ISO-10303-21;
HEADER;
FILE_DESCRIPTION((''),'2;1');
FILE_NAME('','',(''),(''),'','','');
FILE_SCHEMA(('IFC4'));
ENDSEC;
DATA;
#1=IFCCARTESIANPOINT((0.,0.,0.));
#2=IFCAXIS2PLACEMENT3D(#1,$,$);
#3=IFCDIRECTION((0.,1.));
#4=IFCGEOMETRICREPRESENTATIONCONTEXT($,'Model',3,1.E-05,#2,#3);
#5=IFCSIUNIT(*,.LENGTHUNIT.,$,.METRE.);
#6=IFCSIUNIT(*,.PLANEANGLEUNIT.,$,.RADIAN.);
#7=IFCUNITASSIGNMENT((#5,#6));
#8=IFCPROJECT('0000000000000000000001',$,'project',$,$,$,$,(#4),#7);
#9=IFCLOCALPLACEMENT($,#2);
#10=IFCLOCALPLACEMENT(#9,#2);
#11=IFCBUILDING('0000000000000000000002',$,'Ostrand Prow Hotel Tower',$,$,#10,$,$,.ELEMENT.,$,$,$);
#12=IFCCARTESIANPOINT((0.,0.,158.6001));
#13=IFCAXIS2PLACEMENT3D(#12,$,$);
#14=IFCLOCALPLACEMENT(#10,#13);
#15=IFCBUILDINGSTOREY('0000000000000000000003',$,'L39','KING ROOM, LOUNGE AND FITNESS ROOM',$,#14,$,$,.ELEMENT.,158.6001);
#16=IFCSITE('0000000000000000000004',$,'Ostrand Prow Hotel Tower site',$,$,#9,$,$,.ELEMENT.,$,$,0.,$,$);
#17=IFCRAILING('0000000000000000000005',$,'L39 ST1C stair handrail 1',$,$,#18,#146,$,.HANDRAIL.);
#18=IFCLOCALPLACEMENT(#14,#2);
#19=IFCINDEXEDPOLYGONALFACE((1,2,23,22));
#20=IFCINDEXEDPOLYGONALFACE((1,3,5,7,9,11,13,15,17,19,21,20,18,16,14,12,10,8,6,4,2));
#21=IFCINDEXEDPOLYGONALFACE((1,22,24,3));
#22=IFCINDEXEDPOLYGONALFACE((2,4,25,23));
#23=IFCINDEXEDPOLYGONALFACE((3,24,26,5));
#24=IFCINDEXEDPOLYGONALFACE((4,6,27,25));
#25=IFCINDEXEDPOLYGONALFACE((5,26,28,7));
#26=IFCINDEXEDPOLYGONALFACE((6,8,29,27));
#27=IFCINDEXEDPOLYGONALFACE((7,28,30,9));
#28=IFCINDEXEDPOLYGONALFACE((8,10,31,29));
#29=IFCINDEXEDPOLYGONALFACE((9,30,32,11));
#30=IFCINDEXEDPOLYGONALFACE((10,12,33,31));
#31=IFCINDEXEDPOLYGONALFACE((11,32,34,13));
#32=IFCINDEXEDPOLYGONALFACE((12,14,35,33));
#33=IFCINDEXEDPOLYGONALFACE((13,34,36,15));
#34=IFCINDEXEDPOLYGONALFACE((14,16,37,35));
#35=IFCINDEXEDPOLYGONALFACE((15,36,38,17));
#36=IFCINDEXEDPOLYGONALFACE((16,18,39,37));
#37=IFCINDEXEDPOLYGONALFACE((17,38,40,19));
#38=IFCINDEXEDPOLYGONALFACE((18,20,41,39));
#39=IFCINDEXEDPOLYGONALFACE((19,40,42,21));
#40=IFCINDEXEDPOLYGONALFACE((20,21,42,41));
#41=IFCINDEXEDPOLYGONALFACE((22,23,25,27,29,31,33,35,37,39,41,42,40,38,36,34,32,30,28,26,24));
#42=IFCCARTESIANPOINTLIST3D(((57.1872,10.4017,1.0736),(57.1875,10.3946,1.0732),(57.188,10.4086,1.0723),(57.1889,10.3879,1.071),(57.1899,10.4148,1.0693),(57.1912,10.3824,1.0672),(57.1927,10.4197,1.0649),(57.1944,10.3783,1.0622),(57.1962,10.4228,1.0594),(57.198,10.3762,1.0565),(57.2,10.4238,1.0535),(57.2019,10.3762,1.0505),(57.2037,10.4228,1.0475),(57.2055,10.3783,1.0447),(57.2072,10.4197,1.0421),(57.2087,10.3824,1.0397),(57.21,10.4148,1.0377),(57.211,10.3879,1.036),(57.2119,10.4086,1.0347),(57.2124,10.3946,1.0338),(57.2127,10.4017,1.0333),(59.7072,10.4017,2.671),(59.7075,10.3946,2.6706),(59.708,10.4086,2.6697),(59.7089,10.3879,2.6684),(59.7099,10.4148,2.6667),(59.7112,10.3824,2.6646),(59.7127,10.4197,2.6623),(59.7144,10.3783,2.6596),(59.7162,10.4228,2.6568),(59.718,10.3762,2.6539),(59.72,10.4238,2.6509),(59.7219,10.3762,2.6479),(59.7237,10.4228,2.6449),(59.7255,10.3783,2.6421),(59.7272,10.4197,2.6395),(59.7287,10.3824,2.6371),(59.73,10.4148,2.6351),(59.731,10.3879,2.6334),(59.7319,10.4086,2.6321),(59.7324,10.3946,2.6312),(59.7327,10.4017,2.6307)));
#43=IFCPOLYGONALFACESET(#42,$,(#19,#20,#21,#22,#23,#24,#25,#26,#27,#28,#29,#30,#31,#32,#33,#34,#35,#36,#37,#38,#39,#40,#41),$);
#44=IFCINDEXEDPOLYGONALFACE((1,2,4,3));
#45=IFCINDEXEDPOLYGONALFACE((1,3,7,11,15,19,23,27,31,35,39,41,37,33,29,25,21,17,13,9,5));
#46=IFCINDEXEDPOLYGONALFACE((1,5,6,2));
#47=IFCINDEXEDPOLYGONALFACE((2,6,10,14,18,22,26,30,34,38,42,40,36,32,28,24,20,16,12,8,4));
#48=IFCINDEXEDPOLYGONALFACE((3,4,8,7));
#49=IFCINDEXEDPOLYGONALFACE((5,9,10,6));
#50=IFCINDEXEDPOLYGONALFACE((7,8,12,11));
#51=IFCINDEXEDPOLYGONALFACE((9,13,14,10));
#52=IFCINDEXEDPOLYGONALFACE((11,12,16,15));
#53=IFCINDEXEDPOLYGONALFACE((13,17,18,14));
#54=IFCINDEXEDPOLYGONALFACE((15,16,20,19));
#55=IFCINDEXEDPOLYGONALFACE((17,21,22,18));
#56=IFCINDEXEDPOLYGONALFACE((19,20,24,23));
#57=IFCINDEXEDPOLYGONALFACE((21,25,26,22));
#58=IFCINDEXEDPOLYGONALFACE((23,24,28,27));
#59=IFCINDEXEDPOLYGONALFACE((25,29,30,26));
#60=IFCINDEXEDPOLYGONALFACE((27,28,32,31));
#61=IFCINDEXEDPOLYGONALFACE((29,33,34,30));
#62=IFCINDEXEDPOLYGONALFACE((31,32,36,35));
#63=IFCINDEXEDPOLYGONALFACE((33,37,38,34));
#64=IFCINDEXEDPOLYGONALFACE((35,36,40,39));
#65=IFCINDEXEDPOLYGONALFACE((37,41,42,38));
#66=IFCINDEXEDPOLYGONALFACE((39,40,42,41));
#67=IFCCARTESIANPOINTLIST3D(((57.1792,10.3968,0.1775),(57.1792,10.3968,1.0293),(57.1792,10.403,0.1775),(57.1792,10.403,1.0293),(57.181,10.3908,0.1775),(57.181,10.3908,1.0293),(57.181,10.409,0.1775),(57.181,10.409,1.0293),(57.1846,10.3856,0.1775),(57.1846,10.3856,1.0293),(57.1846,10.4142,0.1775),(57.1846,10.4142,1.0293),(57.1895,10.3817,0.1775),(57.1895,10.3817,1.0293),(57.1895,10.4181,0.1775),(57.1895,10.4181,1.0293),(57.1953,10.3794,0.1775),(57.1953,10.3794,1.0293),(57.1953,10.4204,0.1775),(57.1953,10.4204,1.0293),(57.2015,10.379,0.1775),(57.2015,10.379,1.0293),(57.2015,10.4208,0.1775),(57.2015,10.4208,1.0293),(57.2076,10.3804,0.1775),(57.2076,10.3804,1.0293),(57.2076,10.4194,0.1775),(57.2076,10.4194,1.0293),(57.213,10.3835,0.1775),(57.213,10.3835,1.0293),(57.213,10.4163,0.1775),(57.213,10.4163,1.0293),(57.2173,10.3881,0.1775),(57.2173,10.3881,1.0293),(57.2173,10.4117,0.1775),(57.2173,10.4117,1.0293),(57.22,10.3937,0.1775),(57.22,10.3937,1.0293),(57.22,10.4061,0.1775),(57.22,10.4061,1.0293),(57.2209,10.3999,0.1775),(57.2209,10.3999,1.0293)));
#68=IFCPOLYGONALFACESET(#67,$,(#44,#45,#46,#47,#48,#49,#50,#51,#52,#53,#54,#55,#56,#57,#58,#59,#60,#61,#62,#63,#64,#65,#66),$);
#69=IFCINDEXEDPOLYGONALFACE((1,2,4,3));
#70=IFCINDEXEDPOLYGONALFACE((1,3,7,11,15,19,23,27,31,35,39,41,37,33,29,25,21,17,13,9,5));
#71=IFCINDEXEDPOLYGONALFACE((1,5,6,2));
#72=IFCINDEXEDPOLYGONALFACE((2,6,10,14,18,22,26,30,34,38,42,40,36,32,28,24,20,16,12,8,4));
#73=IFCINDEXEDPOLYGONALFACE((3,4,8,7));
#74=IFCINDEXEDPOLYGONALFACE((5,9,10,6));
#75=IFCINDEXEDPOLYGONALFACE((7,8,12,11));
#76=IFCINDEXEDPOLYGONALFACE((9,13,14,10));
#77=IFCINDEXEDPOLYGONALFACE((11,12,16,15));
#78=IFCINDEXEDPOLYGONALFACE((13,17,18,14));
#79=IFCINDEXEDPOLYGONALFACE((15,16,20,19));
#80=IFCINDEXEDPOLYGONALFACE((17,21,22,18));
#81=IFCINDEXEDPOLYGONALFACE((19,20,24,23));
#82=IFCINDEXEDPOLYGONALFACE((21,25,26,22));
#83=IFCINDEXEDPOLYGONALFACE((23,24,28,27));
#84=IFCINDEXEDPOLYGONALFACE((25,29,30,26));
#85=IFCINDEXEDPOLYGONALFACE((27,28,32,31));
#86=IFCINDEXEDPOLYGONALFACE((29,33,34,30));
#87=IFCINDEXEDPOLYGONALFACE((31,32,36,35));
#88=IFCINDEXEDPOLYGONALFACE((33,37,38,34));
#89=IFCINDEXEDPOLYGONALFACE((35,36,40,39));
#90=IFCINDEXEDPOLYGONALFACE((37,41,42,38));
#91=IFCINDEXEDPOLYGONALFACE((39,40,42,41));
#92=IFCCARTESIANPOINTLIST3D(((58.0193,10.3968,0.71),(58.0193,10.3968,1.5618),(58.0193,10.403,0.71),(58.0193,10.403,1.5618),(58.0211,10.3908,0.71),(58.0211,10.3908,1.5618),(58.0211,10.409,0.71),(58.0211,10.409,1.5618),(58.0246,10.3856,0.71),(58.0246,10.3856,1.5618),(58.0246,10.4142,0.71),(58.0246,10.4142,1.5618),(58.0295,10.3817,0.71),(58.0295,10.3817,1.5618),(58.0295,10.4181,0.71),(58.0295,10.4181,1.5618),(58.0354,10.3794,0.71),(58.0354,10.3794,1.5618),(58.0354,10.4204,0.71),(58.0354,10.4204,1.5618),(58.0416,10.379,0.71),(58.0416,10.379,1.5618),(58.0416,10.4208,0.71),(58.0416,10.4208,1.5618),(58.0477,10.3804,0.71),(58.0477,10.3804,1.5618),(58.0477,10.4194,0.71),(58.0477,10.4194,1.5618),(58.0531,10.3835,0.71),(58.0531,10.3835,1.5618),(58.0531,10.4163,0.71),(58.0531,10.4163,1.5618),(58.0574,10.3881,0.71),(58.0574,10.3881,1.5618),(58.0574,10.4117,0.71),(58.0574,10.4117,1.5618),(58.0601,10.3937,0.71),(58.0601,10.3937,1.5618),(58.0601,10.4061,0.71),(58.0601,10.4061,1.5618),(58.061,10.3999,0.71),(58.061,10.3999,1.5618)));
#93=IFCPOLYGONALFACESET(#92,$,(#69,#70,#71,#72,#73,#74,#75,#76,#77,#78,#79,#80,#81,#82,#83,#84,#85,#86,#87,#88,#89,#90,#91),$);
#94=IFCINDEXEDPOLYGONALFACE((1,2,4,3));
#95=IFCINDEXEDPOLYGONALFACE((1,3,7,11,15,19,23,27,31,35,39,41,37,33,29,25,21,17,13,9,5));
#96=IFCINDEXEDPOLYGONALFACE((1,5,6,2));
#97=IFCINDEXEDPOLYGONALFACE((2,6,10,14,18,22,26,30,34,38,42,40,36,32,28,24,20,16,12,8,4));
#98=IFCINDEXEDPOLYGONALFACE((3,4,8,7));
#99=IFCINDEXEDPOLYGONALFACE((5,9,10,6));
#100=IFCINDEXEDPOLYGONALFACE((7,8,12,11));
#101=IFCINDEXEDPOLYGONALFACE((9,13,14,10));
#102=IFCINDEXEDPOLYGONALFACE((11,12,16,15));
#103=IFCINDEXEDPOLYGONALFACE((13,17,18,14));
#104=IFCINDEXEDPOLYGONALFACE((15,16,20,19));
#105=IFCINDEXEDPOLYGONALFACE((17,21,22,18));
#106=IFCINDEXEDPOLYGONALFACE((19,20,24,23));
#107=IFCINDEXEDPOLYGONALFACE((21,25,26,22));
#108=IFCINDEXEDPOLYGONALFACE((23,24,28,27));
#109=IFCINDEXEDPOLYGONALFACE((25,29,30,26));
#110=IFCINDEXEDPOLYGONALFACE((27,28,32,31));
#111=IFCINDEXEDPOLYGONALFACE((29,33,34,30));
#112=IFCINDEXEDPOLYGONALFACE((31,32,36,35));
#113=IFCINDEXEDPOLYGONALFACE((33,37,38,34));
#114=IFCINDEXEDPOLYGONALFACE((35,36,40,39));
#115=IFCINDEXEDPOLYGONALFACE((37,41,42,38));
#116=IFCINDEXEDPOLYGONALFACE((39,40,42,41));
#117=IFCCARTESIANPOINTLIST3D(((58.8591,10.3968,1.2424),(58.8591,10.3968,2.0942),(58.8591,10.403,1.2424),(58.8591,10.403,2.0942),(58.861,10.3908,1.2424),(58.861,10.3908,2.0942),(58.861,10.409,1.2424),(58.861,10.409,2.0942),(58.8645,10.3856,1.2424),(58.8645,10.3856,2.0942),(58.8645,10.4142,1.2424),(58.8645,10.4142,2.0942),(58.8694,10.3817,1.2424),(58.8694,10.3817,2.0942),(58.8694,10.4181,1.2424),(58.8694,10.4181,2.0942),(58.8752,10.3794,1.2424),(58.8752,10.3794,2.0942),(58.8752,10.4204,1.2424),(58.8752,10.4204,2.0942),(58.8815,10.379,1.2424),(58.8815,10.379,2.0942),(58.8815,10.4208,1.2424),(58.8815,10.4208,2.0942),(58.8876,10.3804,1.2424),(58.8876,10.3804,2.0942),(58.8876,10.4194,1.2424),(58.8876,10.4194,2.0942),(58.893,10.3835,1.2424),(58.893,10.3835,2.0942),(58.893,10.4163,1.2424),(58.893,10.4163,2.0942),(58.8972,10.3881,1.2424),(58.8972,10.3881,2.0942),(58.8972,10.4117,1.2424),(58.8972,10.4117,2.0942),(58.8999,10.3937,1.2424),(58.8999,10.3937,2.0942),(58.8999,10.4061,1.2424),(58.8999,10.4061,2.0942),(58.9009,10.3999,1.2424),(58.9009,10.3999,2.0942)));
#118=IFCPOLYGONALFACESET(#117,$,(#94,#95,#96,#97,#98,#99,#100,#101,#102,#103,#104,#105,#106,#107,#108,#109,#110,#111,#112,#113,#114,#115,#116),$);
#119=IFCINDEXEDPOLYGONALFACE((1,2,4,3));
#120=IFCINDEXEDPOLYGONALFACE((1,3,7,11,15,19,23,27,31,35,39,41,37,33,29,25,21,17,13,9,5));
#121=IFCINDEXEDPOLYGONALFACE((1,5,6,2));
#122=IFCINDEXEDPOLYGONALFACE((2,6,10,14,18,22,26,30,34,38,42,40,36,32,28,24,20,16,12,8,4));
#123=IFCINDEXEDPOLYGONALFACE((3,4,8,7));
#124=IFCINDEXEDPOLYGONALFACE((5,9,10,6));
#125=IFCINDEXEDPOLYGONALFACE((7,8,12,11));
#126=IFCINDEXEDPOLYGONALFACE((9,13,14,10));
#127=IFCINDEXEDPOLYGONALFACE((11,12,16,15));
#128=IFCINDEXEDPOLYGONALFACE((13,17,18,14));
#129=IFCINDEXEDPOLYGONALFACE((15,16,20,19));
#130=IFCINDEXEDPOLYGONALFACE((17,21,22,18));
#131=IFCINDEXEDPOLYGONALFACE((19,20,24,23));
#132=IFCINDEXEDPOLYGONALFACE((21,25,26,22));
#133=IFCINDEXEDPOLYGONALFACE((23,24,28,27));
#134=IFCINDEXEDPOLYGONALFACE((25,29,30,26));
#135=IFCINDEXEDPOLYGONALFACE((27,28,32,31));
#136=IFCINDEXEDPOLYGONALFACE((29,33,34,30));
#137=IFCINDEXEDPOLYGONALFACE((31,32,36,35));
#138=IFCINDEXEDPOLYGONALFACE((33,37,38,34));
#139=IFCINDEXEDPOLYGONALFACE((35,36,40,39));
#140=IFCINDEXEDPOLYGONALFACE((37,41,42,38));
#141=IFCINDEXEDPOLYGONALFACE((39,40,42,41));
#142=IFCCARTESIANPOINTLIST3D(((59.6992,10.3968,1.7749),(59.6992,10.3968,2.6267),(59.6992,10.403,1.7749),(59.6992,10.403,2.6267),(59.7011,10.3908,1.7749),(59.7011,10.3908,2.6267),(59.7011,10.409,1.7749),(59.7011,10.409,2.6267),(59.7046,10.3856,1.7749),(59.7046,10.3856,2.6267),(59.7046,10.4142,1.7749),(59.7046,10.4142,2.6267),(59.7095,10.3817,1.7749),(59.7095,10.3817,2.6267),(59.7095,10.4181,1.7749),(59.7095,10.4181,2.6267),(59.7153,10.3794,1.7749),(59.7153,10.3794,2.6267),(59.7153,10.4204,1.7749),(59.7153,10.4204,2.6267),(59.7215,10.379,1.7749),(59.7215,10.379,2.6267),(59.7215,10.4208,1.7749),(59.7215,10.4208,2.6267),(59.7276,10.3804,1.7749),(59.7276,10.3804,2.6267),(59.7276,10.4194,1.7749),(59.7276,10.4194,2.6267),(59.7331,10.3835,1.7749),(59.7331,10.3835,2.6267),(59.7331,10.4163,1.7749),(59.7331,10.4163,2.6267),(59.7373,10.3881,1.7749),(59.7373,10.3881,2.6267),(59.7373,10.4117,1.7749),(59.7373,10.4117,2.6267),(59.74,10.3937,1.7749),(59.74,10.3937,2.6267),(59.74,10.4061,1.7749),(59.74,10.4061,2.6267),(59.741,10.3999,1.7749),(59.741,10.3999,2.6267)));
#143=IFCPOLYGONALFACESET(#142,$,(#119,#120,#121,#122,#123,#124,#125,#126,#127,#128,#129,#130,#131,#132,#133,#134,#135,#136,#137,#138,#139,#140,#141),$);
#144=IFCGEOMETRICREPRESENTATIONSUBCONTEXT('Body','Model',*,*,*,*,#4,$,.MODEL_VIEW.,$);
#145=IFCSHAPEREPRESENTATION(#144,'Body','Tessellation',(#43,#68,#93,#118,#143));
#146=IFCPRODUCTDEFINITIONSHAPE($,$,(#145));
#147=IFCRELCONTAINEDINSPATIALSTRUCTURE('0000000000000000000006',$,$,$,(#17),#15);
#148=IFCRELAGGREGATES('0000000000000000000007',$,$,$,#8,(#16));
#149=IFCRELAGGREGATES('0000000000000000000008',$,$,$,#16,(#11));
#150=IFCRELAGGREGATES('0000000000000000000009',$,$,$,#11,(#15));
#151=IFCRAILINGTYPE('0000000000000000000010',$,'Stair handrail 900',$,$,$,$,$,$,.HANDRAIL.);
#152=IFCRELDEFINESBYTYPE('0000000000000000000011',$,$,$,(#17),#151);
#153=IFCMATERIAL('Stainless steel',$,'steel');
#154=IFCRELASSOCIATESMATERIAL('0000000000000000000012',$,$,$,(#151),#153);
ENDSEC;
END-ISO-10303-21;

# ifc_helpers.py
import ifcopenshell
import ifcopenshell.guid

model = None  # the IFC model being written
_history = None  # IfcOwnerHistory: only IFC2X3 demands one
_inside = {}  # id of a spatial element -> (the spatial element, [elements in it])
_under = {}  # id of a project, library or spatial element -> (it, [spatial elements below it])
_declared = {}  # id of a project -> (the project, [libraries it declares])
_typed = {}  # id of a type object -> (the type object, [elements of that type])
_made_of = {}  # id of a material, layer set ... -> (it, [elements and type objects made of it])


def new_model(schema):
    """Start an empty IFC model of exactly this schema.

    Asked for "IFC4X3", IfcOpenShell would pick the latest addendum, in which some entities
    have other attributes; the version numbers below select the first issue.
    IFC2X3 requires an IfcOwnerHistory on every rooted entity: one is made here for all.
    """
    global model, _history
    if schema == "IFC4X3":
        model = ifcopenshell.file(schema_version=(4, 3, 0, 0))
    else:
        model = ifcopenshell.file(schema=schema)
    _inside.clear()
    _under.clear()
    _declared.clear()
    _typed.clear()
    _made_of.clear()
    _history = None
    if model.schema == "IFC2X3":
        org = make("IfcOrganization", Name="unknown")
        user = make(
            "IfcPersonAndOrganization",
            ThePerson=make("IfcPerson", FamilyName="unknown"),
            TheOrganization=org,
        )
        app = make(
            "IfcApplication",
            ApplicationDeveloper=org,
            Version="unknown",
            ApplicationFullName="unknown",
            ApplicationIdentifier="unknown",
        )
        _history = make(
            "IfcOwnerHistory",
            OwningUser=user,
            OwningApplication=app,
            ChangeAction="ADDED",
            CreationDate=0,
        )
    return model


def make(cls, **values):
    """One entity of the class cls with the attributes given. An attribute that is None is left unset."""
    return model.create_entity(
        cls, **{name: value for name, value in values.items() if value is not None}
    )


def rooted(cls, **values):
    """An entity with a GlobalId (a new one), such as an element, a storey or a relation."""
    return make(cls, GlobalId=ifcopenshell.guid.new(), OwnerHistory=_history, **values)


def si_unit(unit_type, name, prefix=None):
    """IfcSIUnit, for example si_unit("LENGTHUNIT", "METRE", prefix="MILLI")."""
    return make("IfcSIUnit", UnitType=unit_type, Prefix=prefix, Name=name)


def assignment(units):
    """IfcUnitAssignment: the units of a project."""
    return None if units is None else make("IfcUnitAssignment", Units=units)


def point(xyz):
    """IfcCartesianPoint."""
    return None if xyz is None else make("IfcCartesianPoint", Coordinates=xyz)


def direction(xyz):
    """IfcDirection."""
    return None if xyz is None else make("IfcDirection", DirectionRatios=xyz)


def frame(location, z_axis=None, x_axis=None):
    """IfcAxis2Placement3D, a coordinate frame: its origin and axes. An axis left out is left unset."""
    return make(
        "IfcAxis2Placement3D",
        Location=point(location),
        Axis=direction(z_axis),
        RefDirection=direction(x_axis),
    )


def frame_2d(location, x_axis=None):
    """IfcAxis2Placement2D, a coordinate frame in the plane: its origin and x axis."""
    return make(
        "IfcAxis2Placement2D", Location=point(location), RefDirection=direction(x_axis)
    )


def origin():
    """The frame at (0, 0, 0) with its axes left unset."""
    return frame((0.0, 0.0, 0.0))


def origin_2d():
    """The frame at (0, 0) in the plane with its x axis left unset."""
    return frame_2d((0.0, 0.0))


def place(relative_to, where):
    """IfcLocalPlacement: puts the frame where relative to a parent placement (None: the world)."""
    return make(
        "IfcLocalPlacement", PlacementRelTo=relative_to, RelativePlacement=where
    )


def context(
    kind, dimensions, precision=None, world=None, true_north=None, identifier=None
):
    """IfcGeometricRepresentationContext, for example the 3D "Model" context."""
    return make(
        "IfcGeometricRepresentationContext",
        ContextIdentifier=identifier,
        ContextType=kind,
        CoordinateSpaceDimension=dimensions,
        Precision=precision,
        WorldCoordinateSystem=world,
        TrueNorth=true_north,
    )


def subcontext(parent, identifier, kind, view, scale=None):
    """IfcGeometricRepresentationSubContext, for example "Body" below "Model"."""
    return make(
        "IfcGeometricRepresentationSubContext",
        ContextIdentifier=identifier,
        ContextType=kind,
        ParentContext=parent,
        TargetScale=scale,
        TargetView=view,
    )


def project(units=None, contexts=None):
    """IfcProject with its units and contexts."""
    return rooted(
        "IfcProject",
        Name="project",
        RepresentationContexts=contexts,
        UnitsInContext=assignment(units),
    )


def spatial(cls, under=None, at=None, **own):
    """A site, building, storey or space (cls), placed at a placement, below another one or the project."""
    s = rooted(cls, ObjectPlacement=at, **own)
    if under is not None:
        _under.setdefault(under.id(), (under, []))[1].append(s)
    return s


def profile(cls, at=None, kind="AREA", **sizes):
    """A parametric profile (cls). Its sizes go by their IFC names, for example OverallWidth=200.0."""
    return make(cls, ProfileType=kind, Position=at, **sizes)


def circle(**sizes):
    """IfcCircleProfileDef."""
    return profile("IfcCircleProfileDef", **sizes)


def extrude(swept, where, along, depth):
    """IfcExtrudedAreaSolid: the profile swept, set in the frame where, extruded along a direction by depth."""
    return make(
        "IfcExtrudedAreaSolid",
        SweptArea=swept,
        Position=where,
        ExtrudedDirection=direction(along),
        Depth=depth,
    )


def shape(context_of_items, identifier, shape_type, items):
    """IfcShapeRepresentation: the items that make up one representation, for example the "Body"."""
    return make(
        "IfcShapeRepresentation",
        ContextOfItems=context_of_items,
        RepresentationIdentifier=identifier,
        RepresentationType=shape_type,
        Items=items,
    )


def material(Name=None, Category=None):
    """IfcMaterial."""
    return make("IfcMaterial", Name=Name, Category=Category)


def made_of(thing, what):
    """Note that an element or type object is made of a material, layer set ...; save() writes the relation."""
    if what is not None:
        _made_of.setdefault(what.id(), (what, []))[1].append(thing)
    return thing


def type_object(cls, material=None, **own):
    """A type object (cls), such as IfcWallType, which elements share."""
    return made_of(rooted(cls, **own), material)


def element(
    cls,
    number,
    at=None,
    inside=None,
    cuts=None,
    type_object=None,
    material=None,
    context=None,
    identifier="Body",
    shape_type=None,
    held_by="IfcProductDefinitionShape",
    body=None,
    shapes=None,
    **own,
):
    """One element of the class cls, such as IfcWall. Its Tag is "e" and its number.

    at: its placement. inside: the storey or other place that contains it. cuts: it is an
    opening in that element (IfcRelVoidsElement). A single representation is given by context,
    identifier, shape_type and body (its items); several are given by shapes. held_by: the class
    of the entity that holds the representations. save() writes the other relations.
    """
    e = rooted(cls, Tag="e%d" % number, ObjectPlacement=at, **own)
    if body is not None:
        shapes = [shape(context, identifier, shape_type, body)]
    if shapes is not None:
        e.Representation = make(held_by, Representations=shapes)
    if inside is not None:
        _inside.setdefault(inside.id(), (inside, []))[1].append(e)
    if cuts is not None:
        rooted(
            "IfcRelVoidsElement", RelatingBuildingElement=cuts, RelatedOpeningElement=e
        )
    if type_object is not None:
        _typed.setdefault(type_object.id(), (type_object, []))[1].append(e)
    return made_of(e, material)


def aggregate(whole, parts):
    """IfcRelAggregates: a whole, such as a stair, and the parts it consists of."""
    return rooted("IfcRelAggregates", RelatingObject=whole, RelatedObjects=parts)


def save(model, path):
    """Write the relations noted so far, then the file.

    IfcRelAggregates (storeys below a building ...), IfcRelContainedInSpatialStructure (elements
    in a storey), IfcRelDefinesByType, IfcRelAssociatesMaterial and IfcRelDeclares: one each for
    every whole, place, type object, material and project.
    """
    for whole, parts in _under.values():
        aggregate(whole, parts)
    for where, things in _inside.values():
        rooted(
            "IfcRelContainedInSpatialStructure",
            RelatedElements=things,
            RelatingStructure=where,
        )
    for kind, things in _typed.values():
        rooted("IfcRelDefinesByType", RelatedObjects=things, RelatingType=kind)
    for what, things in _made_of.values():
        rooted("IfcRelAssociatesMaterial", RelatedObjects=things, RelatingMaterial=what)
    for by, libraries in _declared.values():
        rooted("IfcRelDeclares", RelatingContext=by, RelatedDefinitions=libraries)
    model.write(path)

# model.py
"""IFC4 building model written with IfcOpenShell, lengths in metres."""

from ifc_helpers import new_model, si_unit, direction, frame, origin, origin_2d, place, context, subcontext, project, spatial, circle, extrude, material, type_object, element, save


model = new_model("IFC4")

# Units and contexts
model_context = context("Model", 3, precision=1e-05, world=origin(), true_north=direction((0.0, 1.0)))
body_context = subcontext(model_context, "Body", "Model", "MODEL_VIEW")
ifc_project = project(units=[si_unit("LENGTHUNIT", "METRE"), si_unit("PLANEANGLEUNIT", "RADIAN")], contexts=[model_context])

# Site, building, storey
site_placement = place(None, origin())
site = spatial("IfcSite", under=ifc_project, at=site_placement, Name="Ostrand Prow Hotel Tower site", CompositionType="ELEMENT", RefElevation=0.0)
building_placement = place(site_placement, origin())
building = spatial("IfcBuilding", under=site, at=building_placement, Name="Ostrand Prow Hotel Tower", CompositionType="ELEMENT")
storey_placement = place(building_placement, frame((0.0, 0.0, 158.6001)))
storey = spatial("IfcBuildingStorey", under=building, at=storey_placement, Name="L39", Description="KING ROOM, LOUNGE AND FITNESS ROOM", CompositionType="ELEMENT", Elevation=158.6001)

# Railing
ifc_material_1 = material(Name="Stainless steel", Category="steel")
railing_type_1 = type_object("IfcRailingType", Name="Stair handrail 900", PredefinedType="HANDRAIL", material=ifc_material_1)
railing_1_placement = place(storey_placement, frame((57.2, 10.3999, 0.1775)))
element("IfcRailing", 1, at=railing_1_placement, inside=storey, type_object=railing_type_1, Name="L39 ST1C stair handrail 1", PredefinedType="HANDRAIL", context=body_context, shape_type="SweptSolid", body=[
    extrude(circle(Radius=0.0239, at=origin_2d()), frame((0.0, 0.0, 0.876), z_axis=(0.844607, 0.0, 0.535387), x_axis=(0.0, 1.0, 0.0)), (0.0, 0.0, 1.0), 2.9836),
    extrude(circle(Radius=0.021, at=origin_2d()), origin(), (0.0, 0.0, 1.0), 0.8518),
    extrude(circle(Radius=0.021, at=origin_2d()), frame((0.8401, 0.0, 0.5325)), (0.0, 0.0, 1.0), 0.8518),
    extrude(circle(Radius=0.021, at=origin_2d()), frame((1.6799, 0.0, 1.0649)), (0.0, 0.0, 1.0), 0.8518),
    extrude(circle(Radius=0.021, at=origin_2d()), frame((2.52, 0.0, 1.5974)), (0.0, 0.0, 1.0), 0.8518),
])

save(model, "model.ifc")
